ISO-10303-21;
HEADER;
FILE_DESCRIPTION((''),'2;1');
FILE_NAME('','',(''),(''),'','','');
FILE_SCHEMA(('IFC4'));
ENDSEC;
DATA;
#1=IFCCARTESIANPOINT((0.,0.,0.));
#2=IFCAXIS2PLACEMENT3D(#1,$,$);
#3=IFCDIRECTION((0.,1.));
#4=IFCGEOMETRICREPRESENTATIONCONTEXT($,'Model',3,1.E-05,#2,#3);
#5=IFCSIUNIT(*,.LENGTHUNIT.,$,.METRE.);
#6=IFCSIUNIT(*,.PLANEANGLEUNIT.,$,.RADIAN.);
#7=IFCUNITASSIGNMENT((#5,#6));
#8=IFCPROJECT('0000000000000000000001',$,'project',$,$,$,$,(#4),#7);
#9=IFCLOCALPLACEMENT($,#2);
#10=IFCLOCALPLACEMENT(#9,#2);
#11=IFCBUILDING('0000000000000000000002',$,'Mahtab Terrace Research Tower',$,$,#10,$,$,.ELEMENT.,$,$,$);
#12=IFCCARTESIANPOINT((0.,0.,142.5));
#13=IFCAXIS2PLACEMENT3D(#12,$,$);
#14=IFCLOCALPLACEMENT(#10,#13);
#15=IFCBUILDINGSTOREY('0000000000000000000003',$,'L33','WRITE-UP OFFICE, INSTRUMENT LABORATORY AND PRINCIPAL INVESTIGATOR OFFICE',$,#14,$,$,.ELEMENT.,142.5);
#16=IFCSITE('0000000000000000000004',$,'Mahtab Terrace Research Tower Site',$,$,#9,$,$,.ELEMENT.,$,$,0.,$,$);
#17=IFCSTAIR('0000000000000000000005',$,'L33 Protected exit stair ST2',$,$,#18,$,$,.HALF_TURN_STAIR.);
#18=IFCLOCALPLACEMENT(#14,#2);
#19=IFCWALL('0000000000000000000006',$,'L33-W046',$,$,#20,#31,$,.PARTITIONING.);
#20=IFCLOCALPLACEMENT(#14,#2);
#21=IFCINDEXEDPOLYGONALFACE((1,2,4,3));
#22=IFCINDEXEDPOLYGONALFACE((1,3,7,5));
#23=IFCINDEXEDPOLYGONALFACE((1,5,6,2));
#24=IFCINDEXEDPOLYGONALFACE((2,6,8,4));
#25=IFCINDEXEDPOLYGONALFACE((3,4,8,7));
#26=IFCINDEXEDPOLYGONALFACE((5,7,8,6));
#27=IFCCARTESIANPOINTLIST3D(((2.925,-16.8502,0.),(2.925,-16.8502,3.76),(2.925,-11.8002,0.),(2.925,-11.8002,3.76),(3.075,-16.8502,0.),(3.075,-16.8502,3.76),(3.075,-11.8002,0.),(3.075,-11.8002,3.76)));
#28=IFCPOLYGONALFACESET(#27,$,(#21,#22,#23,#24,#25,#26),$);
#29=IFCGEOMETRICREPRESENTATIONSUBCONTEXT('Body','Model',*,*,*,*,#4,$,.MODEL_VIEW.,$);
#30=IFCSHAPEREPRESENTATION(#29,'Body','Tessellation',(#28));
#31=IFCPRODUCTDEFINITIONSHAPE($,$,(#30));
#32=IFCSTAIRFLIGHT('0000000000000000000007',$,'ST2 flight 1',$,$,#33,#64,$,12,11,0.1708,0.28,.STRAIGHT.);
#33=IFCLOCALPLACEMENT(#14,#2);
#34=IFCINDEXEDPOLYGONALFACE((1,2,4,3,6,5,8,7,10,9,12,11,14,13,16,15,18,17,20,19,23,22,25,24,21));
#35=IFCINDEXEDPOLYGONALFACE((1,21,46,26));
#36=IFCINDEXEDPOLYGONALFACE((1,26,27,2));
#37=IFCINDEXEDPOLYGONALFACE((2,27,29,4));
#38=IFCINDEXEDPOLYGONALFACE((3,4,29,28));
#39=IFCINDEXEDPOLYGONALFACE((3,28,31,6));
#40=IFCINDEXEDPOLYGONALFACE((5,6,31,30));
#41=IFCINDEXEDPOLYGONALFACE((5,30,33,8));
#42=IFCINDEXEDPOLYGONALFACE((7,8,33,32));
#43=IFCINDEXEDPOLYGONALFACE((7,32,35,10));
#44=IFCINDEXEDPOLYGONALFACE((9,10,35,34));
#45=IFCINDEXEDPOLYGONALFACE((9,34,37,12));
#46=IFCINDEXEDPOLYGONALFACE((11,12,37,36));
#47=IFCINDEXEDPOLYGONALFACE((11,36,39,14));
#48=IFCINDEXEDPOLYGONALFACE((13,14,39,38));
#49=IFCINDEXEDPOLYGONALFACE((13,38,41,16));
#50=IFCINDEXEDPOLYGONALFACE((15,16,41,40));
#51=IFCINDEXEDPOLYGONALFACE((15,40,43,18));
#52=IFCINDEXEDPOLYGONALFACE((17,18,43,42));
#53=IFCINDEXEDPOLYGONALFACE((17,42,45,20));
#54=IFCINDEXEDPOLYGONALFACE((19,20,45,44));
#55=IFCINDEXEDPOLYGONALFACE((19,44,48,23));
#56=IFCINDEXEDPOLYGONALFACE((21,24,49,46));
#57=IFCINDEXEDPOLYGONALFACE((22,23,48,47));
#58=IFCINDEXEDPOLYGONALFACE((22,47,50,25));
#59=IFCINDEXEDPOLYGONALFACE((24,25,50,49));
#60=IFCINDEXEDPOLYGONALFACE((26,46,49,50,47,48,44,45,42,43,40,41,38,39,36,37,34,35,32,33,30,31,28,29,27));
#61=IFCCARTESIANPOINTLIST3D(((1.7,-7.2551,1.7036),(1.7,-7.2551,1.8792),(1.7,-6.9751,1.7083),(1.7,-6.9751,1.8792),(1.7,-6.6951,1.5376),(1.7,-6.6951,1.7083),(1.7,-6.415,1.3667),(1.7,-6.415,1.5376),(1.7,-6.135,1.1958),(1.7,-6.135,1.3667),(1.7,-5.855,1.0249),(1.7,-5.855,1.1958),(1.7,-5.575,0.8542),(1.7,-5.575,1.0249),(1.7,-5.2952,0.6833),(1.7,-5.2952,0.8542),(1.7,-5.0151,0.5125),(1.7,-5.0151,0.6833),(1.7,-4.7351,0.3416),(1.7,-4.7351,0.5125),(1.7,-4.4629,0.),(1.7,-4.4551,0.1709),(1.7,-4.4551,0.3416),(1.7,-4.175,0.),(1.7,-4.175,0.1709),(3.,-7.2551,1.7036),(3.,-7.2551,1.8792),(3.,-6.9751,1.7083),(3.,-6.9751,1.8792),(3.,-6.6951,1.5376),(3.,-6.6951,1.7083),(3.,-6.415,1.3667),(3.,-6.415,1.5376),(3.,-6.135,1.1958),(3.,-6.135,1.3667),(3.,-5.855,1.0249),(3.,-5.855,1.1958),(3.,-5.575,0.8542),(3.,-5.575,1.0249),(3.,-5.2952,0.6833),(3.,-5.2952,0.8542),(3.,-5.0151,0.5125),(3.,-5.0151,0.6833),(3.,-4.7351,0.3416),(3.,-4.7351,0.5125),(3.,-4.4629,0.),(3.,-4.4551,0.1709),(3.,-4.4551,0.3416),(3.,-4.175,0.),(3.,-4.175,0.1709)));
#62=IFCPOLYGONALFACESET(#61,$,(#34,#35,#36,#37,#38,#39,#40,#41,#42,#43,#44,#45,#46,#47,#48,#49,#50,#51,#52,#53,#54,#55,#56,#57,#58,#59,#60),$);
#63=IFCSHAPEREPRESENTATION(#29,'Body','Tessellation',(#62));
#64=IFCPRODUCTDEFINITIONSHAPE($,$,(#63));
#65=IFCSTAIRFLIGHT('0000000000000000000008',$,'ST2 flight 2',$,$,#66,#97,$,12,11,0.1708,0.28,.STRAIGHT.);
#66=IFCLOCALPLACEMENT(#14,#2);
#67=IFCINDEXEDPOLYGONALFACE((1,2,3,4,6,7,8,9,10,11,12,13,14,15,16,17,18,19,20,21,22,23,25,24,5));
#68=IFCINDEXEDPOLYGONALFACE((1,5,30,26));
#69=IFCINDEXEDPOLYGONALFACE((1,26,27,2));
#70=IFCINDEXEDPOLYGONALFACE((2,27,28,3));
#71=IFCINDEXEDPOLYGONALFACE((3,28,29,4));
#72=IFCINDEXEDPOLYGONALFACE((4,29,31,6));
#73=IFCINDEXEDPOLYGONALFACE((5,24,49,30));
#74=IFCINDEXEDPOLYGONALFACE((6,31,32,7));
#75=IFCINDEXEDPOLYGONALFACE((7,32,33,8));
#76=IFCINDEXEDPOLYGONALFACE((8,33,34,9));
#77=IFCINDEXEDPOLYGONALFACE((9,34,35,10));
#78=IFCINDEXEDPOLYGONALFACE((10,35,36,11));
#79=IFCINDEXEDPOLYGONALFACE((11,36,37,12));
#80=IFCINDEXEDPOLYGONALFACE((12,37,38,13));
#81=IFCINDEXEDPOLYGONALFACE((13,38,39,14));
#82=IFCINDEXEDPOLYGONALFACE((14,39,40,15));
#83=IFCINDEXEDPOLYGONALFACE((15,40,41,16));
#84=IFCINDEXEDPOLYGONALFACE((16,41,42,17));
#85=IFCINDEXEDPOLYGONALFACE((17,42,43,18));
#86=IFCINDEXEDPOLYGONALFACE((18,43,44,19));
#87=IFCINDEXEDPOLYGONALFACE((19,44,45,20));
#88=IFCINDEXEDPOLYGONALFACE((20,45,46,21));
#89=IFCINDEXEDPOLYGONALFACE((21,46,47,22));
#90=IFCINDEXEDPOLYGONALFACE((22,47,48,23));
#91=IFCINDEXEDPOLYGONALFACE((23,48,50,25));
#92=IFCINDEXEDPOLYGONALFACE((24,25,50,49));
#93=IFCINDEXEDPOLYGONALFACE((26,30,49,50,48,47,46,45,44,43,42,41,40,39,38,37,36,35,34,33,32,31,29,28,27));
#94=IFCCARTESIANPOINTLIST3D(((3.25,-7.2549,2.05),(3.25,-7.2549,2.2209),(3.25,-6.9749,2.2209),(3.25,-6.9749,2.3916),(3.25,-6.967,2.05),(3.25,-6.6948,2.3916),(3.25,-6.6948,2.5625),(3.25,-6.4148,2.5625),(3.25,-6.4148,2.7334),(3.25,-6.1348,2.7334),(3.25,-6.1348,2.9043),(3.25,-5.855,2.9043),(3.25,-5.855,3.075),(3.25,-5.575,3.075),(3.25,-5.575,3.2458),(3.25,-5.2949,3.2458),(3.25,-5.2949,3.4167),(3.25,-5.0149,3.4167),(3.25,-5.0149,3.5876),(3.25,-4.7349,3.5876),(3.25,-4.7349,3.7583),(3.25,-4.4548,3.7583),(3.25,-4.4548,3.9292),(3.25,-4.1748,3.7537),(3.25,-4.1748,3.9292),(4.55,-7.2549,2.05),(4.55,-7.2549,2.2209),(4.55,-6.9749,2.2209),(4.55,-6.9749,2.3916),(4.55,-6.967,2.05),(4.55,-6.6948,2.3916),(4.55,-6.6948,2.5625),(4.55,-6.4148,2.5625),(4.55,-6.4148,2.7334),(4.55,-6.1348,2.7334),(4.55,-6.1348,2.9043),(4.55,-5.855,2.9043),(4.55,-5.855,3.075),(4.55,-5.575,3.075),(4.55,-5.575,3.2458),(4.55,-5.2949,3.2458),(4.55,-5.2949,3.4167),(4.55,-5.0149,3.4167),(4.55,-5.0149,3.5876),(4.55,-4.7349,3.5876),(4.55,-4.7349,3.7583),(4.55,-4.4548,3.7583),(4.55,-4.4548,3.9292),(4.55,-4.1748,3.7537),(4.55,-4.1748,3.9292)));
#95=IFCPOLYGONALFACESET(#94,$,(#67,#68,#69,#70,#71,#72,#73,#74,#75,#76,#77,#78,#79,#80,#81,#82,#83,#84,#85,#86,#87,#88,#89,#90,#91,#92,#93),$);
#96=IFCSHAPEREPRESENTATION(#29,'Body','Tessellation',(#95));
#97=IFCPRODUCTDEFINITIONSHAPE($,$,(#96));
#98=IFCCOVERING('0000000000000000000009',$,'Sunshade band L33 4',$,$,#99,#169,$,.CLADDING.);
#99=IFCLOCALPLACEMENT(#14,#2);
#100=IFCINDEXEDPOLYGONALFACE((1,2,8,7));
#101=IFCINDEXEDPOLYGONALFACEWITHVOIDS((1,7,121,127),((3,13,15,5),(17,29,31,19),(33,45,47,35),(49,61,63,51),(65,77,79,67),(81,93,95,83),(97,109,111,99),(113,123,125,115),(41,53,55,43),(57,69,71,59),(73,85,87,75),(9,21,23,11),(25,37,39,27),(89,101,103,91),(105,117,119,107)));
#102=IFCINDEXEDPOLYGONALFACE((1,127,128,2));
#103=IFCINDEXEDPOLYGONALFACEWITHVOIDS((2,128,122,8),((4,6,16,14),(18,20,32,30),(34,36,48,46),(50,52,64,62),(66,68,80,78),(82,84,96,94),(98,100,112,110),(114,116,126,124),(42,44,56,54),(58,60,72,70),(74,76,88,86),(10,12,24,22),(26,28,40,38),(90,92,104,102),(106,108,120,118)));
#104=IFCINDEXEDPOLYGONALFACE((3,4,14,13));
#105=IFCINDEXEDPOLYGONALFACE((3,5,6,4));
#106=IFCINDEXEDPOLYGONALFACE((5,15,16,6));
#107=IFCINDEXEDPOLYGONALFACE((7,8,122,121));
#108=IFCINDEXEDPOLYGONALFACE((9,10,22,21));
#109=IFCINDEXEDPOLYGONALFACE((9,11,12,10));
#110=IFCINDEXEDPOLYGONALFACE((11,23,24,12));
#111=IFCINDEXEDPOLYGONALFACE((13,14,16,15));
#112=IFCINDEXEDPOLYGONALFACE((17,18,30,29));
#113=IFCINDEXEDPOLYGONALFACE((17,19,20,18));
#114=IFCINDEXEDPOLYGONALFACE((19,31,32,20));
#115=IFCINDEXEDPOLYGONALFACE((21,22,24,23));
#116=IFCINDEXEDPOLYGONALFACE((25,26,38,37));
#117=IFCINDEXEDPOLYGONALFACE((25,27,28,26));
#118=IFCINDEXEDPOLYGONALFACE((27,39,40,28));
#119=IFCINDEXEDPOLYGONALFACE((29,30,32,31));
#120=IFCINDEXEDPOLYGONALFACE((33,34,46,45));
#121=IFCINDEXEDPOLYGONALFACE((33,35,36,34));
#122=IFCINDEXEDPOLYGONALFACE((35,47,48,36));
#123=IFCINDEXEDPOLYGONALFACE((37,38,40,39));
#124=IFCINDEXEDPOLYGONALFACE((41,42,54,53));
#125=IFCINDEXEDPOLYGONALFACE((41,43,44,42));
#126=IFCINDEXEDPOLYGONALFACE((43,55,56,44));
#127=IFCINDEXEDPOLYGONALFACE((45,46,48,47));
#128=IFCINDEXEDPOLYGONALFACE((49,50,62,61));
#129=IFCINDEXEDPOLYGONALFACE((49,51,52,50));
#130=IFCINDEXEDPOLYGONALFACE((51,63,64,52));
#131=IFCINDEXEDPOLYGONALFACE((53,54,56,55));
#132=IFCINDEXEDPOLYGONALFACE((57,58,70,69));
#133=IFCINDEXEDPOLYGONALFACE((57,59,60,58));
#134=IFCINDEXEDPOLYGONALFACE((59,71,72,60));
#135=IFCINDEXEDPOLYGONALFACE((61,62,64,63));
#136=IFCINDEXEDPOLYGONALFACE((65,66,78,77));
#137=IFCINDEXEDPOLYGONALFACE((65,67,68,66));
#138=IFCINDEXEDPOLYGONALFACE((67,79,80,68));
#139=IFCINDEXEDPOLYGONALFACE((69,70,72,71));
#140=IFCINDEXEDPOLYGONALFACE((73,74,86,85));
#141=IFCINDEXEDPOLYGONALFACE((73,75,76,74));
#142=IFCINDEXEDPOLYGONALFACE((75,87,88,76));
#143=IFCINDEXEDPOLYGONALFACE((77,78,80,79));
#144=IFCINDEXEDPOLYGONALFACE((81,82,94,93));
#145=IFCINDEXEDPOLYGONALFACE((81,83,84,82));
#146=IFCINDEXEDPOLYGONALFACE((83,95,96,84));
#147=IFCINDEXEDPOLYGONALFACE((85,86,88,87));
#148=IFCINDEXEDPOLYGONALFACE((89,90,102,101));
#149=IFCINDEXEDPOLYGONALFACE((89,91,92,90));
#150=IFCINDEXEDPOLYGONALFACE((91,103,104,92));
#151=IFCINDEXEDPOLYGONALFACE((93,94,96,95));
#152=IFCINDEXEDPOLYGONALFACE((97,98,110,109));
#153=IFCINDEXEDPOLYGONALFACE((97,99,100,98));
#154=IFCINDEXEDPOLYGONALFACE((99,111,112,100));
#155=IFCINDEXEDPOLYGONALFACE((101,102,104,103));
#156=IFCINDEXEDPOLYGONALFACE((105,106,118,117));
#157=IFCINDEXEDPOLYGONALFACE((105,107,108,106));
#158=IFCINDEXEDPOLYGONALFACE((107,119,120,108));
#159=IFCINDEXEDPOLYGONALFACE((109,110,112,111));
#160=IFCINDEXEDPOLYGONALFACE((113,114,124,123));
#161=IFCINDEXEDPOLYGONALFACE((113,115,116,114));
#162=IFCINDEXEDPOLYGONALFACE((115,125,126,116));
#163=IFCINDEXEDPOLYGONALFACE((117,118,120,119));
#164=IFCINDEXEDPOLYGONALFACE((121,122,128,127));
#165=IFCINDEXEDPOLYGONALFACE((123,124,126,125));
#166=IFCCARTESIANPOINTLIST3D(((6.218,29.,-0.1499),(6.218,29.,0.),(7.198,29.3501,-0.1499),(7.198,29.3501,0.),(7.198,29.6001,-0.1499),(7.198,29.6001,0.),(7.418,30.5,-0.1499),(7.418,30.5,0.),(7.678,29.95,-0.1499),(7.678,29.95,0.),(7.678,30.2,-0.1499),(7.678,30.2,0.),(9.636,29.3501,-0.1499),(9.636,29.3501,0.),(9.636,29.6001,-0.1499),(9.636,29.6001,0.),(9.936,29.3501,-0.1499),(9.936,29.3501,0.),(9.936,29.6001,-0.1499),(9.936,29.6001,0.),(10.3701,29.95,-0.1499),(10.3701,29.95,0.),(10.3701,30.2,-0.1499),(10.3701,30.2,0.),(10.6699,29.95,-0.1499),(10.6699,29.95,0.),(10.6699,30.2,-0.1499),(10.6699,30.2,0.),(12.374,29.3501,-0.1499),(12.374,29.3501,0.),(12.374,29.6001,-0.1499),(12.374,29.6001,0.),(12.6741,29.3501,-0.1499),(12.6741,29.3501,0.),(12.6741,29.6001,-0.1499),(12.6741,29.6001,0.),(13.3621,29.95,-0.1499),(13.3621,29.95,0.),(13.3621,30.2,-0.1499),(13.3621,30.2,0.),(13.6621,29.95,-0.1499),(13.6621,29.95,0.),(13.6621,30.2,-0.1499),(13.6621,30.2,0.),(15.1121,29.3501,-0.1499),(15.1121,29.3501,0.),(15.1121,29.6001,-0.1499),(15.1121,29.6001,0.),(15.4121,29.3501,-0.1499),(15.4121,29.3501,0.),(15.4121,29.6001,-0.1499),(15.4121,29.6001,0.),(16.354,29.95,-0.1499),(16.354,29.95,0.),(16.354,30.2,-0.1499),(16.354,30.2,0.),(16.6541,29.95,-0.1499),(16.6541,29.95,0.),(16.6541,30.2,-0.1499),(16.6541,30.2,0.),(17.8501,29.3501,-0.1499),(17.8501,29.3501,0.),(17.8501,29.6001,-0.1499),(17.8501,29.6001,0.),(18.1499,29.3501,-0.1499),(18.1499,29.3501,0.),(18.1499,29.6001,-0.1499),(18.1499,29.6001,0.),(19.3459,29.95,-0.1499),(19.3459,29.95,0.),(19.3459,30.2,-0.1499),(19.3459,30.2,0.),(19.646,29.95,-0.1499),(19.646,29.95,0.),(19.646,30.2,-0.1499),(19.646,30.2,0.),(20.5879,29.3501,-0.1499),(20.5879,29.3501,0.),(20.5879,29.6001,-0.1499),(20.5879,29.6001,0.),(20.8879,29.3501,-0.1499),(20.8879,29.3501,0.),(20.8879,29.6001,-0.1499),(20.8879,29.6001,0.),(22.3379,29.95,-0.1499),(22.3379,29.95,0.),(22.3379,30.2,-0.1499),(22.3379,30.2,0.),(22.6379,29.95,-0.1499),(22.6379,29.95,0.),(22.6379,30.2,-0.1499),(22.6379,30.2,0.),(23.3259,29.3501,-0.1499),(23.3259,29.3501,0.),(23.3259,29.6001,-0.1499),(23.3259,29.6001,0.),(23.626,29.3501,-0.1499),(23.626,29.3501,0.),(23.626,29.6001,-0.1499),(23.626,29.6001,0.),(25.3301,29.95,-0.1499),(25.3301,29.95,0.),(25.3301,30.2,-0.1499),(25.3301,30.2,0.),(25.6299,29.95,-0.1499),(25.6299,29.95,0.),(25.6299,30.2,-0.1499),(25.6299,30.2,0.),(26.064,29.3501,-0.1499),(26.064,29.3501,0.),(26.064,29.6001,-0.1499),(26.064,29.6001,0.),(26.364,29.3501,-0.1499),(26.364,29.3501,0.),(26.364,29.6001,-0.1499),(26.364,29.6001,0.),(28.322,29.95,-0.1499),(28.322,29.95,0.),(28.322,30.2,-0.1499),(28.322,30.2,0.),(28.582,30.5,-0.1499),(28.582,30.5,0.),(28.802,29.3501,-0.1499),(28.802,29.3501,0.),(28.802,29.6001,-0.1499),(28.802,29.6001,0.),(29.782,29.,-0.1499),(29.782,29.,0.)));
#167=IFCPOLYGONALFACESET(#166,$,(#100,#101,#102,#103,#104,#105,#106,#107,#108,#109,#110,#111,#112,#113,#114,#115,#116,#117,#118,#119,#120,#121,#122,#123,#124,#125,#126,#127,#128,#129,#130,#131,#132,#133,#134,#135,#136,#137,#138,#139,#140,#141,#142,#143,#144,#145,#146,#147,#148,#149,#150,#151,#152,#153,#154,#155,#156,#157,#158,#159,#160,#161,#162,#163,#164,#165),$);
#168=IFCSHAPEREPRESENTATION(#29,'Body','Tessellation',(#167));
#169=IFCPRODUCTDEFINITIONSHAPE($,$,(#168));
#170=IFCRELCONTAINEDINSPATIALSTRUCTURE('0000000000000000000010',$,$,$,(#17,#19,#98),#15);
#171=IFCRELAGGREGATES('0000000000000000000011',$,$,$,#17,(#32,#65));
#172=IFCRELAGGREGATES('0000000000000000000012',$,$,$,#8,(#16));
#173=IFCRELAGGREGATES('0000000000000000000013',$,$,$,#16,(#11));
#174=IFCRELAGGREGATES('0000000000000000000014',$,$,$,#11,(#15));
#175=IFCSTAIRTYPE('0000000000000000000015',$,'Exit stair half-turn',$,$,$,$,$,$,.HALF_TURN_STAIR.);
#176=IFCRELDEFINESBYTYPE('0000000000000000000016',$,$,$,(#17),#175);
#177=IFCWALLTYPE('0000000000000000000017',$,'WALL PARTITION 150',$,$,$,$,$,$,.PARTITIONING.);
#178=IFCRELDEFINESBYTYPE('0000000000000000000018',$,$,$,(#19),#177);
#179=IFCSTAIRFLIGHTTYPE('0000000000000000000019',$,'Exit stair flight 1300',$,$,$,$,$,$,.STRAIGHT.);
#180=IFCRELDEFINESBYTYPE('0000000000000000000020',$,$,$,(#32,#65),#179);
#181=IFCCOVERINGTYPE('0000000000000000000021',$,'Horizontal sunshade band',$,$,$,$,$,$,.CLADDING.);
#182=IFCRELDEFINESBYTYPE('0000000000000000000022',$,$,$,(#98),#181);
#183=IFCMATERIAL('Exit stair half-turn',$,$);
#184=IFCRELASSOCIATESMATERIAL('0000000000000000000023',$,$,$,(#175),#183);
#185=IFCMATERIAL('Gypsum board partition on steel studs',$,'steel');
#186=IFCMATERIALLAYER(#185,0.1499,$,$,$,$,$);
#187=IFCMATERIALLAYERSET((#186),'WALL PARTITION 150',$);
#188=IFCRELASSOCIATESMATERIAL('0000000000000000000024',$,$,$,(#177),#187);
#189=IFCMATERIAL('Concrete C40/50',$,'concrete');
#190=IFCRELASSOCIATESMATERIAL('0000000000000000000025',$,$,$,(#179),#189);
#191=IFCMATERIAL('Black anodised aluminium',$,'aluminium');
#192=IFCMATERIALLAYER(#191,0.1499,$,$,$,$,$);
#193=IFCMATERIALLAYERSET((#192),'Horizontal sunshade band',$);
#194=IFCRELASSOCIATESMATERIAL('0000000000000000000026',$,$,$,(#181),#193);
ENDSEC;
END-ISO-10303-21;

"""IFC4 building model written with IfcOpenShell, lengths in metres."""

from ifc_helpers import new_model, si_unit, direction, frame, frame_2d, origin, place, context, subcontext, project, spatial, polyline, rectangle, outline, extrude, material, layer, layer_set, type_object, element, aggregate, save


model = new_model("IFC4")

# Units and contexts
model_context = context("Model", 3, precision=1e-05, world=origin(), true_north=direction((0.0, 1.0)))
body_context = subcontext(model_context, "Body", "Model", "MODEL_VIEW")
ifc_project = project(units=[si_unit("LENGTHUNIT", "METRE"), si_unit("PLANEANGLEUNIT", "RADIAN")], contexts=[model_context])

# Site, building, storey
site_placement = place(None, origin())
site = spatial("IfcSite", under=ifc_project, at=site_placement, Name="Mahtab Terrace Research Tower Site", CompositionType="ELEMENT", RefElevation=0.0)
building_placement = place(site_placement, origin())
building = spatial("IfcBuilding", under=site, at=building_placement, Name="Mahtab Terrace Research Tower", CompositionType="ELEMENT")
storey_placement = place(building_placement, frame((0.0, 0.0, 142.5)))
storey = spatial("IfcBuildingStorey", under=building, at=storey_placement, Name="L33", Description="WRITE-UP OFFICE, INSTRUMENT LABORATORY AND PRINCIPAL INVESTIGATOR OFFICE", CompositionType="ELEMENT", Elevation=142.5)

# Stair
ifc_material_1 = material(Name="Exit stair half-turn")
stair_type = type_object("IfcStairType", Name="Exit stair half-turn", PredefinedType="HALF_TURN_STAIR", material=ifc_material_1)
ifc_material_2 = material(Name="Concrete C40/50", Category="concrete")
stair_1_placement = place(storey_placement, origin())
stair_1 = element("IfcStair", 1, at=stair_1_placement, inside=storey, type_object=stair_type, Name="L33 Protected exit stair ST2", PredefinedType="HALF_TURN_STAIR")

# Wall
ifc_material_3 = material(Name="Gypsum board partition on steel studs", Category="steel")
ifc_layer_1 = layer(ifc_material_3, 0.1499)
ifc_layer_set_1 = layer_set([ifc_layer_1], Name="WALL PARTITION 150")
wall_type_1 = type_object("IfcWallType", Name="WALL PARTITION 150", PredefinedType="PARTITIONING", material=ifc_layer_set_1)
wall_1_placement = place(storey_placement, frame((3.0, -16.8501, 0.0), z_axis=(0.0, 0.0, 1.0), x_axis=(0.0, 1.0, 0.0)))
element("IfcWall", 2, at=wall_1_placement, inside=storey, type_object=wall_type_1, Name="L33-W046", PredefinedType="PARTITIONING", context=body_context, shape_type="SweptSolid", body=[
    extrude(rectangle(XDim=5.05, YDim=0.1499, at=frame_2d((2.5249, 0.0))), origin(), (0.0, 0.0, 1.0), 3.76),
])

# Stair flights
stair_flight_type = type_object("IfcStairFlightType", Name="Exit stair flight 1300", PredefinedType="STRAIGHT", material=ifc_material_2)
stair_flight_1_placement = place(storey_placement, frame((2.3501, -4.175, 0.0), z_axis=(0.0, 0.0, 1.0), x_axis=(0.0, -1.0, 0.0)))
stair_flight_1 = element("IfcStairFlight", 3, at=stair_flight_1_placement, type_object=stair_flight_type, Name="ST2 flight 1", NumberOfRisers=12, NumberOfTreads=11, PredefinedType="STRAIGHT", RiserHeight=0.1708, TreadLength=0.28, context=body_context, shape_type="SweptSolid", body=[
    extrude(outline(polyline([(0.0, 0.0), (0.0, 0.1709), (0.28, 0.1709), (0.28, 0.3416), (0.5601, 0.3416), (0.5601, 0.5125), (0.8401, 0.5125), (0.8401, 0.6833), (1.1201, 0.6833), (1.1201, 0.8542), (1.3999, 0.8542), (1.3999, 1.0249), (1.6799, 1.0249), (1.6799, 1.1958), (1.96, 1.1958), (1.96, 1.3667), (2.24, 1.3667), (2.24, 1.5376), (2.52, 1.5376), (2.52, 1.7083), (2.8, 1.7083), (2.8, 1.8792), (3.0801, 1.8792), (3.0801, 2.05), (3.0801, 1.7036), (0.2878, 0.0), (0.0, 0.0)])), frame((0.0, 0.6499, 0.0), z_axis=(0.0, -1.0, 0.0), x_axis=(1.0, 0.0, 0.0)), (0.0, 0.0, 1.0), 1.3),
])
stair_flight_2_placement = place(storey_placement, frame((3.8999, -7.2549, 2.05), z_axis=(0.0, 0.0, 1.0), x_axis=(0.0, 1.0, 0.0)))
stair_flight_2 = element("IfcStairFlight", 4, at=stair_flight_2_placement, type_object=stair_flight_type, Name="ST2 flight 2", NumberOfRisers=12, NumberOfTreads=11, PredefinedType="STRAIGHT", RiserHeight=0.1708, TreadLength=0.28, context=body_context, shape_type="SweptSolid", body=[
    extrude(outline(polyline([(0.0, 0.0), (0.0, 0.1709), (0.28, 0.1709), (0.28, 0.3416), (0.5601, 0.3416), (0.5601, 0.5125), (0.8401, 0.5125), (0.8401, 0.6833), (1.1201, 0.6833), (1.1201, 0.8542), (1.3999, 0.8542), (1.3999, 1.0249), (1.6799, 1.0249), (1.6799, 1.1958), (1.96, 1.1958), (1.96, 1.3667), (2.24, 1.3667), (2.24, 1.5376), (2.52, 1.5376), (2.52, 1.7083), (2.8, 1.7083), (2.8, 1.8792), (3.0801, 1.8792), (3.0801, 2.05), (3.0801, 1.7036), (0.2878, 0.0), (0.0, 0.0)])), frame((0.0, 0.6499, 0.0), z_axis=(0.0, -1.0, 0.0), x_axis=(1.0, 0.0, 0.0)), (0.0, 0.0, 1.0), 1.3),
])
aggregate(stair_1, [stair_flight_1, stair_flight_2])

# Covering
ifc_material_4 = material(Name="Black anodised aluminium", Category="aluminium")
ifc_layer_2 = layer(ifc_material_4, 0.1499)
ifc_layer_set_2 = layer_set([ifc_layer_2], Name="Horizontal sunshade band")
covering_type = type_object("IfcCoveringType", Name="Horizontal sunshade band", PredefinedType="CLADDING", material=ifc_layer_set_2)
covering_1_placement = place(storey_placement, frame((0.0, 0.0, -0.1499)))
element("IfcCovering", 5, at=covering_1_placement, inside=storey, type_object=covering_type, Name="Sunshade band L33 4", PredefinedType="CLADDING", context=body_context, shape_type="SweptSolid", body=[
    extrude(outline(polyline([(29.782, 29.0), (6.218, 29.0), (7.418, 30.5), (28.582, 30.5), (29.782, 29.0)]), holes=[polyline([(28.802, 29.3501), (26.364, 29.3501), (26.364, 29.6001), (28.802, 29.6001), (28.802, 29.3501)]), polyline([(26.064, 29.3501), (23.626, 29.3501), (23.626, 29.6001), (26.064, 29.6001), (26.064, 29.3501)]), polyline([(23.3259, 29.3501), (20.8879, 29.3501), (20.8879, 29.6001), (23.3259, 29.6001), (23.3259, 29.3501)]), polyline([(20.5879, 29.3501), (18.1499, 29.3501), (18.1499, 29.6001), (20.5879, 29.6001), (20.5879, 29.3501)]), polyline([(17.8501, 29.3501), (15.4121, 29.3501), (15.4121, 29.6001), (17.8501, 29.6001), (17.8501, 29.3501)]), polyline([(15.1121, 29.3501), (12.6741, 29.3501), (12.6741, 29.6001), (15.1121, 29.6001), (15.1121, 29.3501)]), polyline([(12.374, 29.3501), (9.936, 29.3501), (9.936, 29.6001), (12.374, 29.6001), (12.374, 29.3501)]), polyline([(9.636, 29.3501), (7.198, 29.3501), (7.198, 29.6001), (9.636, 29.6001), (9.636, 29.3501)]), polyline([(28.322, 29.95), (25.6299, 29.95), (25.6299, 30.2), (28.322, 30.2), (28.322, 29.95)]), polyline([(25.3301, 29.95), (22.6379, 29.95), (22.6379, 30.2), (25.3301, 30.2), (25.3301, 29.95)]), polyline([(22.3379, 29.95), (19.646, 29.95), (19.646, 30.2), (22.3379, 30.2), (22.3379, 29.95)]), polyline([(19.3459, 29.95), (16.6541, 29.95), (16.6541, 30.2), (19.3459, 30.2), (19.3459, 29.95)]), polyline([(16.354, 29.95), (13.6621, 29.95), (13.6621, 30.2), (16.354, 30.2), (16.354, 29.95)]), polyline([(13.3621, 29.95), (10.6699, 29.95), (10.6699, 30.2), (13.3621, 30.2), (13.3621, 29.95)]), polyline([(10.3701, 29.95), (7.678, 29.95), (7.678, 30.2), (10.3701, 30.2), (10.3701, 29.95)])]), origin(), (0.0, 0.0, 1.0), 0.1499),
])

save(model, "model.ifc")
